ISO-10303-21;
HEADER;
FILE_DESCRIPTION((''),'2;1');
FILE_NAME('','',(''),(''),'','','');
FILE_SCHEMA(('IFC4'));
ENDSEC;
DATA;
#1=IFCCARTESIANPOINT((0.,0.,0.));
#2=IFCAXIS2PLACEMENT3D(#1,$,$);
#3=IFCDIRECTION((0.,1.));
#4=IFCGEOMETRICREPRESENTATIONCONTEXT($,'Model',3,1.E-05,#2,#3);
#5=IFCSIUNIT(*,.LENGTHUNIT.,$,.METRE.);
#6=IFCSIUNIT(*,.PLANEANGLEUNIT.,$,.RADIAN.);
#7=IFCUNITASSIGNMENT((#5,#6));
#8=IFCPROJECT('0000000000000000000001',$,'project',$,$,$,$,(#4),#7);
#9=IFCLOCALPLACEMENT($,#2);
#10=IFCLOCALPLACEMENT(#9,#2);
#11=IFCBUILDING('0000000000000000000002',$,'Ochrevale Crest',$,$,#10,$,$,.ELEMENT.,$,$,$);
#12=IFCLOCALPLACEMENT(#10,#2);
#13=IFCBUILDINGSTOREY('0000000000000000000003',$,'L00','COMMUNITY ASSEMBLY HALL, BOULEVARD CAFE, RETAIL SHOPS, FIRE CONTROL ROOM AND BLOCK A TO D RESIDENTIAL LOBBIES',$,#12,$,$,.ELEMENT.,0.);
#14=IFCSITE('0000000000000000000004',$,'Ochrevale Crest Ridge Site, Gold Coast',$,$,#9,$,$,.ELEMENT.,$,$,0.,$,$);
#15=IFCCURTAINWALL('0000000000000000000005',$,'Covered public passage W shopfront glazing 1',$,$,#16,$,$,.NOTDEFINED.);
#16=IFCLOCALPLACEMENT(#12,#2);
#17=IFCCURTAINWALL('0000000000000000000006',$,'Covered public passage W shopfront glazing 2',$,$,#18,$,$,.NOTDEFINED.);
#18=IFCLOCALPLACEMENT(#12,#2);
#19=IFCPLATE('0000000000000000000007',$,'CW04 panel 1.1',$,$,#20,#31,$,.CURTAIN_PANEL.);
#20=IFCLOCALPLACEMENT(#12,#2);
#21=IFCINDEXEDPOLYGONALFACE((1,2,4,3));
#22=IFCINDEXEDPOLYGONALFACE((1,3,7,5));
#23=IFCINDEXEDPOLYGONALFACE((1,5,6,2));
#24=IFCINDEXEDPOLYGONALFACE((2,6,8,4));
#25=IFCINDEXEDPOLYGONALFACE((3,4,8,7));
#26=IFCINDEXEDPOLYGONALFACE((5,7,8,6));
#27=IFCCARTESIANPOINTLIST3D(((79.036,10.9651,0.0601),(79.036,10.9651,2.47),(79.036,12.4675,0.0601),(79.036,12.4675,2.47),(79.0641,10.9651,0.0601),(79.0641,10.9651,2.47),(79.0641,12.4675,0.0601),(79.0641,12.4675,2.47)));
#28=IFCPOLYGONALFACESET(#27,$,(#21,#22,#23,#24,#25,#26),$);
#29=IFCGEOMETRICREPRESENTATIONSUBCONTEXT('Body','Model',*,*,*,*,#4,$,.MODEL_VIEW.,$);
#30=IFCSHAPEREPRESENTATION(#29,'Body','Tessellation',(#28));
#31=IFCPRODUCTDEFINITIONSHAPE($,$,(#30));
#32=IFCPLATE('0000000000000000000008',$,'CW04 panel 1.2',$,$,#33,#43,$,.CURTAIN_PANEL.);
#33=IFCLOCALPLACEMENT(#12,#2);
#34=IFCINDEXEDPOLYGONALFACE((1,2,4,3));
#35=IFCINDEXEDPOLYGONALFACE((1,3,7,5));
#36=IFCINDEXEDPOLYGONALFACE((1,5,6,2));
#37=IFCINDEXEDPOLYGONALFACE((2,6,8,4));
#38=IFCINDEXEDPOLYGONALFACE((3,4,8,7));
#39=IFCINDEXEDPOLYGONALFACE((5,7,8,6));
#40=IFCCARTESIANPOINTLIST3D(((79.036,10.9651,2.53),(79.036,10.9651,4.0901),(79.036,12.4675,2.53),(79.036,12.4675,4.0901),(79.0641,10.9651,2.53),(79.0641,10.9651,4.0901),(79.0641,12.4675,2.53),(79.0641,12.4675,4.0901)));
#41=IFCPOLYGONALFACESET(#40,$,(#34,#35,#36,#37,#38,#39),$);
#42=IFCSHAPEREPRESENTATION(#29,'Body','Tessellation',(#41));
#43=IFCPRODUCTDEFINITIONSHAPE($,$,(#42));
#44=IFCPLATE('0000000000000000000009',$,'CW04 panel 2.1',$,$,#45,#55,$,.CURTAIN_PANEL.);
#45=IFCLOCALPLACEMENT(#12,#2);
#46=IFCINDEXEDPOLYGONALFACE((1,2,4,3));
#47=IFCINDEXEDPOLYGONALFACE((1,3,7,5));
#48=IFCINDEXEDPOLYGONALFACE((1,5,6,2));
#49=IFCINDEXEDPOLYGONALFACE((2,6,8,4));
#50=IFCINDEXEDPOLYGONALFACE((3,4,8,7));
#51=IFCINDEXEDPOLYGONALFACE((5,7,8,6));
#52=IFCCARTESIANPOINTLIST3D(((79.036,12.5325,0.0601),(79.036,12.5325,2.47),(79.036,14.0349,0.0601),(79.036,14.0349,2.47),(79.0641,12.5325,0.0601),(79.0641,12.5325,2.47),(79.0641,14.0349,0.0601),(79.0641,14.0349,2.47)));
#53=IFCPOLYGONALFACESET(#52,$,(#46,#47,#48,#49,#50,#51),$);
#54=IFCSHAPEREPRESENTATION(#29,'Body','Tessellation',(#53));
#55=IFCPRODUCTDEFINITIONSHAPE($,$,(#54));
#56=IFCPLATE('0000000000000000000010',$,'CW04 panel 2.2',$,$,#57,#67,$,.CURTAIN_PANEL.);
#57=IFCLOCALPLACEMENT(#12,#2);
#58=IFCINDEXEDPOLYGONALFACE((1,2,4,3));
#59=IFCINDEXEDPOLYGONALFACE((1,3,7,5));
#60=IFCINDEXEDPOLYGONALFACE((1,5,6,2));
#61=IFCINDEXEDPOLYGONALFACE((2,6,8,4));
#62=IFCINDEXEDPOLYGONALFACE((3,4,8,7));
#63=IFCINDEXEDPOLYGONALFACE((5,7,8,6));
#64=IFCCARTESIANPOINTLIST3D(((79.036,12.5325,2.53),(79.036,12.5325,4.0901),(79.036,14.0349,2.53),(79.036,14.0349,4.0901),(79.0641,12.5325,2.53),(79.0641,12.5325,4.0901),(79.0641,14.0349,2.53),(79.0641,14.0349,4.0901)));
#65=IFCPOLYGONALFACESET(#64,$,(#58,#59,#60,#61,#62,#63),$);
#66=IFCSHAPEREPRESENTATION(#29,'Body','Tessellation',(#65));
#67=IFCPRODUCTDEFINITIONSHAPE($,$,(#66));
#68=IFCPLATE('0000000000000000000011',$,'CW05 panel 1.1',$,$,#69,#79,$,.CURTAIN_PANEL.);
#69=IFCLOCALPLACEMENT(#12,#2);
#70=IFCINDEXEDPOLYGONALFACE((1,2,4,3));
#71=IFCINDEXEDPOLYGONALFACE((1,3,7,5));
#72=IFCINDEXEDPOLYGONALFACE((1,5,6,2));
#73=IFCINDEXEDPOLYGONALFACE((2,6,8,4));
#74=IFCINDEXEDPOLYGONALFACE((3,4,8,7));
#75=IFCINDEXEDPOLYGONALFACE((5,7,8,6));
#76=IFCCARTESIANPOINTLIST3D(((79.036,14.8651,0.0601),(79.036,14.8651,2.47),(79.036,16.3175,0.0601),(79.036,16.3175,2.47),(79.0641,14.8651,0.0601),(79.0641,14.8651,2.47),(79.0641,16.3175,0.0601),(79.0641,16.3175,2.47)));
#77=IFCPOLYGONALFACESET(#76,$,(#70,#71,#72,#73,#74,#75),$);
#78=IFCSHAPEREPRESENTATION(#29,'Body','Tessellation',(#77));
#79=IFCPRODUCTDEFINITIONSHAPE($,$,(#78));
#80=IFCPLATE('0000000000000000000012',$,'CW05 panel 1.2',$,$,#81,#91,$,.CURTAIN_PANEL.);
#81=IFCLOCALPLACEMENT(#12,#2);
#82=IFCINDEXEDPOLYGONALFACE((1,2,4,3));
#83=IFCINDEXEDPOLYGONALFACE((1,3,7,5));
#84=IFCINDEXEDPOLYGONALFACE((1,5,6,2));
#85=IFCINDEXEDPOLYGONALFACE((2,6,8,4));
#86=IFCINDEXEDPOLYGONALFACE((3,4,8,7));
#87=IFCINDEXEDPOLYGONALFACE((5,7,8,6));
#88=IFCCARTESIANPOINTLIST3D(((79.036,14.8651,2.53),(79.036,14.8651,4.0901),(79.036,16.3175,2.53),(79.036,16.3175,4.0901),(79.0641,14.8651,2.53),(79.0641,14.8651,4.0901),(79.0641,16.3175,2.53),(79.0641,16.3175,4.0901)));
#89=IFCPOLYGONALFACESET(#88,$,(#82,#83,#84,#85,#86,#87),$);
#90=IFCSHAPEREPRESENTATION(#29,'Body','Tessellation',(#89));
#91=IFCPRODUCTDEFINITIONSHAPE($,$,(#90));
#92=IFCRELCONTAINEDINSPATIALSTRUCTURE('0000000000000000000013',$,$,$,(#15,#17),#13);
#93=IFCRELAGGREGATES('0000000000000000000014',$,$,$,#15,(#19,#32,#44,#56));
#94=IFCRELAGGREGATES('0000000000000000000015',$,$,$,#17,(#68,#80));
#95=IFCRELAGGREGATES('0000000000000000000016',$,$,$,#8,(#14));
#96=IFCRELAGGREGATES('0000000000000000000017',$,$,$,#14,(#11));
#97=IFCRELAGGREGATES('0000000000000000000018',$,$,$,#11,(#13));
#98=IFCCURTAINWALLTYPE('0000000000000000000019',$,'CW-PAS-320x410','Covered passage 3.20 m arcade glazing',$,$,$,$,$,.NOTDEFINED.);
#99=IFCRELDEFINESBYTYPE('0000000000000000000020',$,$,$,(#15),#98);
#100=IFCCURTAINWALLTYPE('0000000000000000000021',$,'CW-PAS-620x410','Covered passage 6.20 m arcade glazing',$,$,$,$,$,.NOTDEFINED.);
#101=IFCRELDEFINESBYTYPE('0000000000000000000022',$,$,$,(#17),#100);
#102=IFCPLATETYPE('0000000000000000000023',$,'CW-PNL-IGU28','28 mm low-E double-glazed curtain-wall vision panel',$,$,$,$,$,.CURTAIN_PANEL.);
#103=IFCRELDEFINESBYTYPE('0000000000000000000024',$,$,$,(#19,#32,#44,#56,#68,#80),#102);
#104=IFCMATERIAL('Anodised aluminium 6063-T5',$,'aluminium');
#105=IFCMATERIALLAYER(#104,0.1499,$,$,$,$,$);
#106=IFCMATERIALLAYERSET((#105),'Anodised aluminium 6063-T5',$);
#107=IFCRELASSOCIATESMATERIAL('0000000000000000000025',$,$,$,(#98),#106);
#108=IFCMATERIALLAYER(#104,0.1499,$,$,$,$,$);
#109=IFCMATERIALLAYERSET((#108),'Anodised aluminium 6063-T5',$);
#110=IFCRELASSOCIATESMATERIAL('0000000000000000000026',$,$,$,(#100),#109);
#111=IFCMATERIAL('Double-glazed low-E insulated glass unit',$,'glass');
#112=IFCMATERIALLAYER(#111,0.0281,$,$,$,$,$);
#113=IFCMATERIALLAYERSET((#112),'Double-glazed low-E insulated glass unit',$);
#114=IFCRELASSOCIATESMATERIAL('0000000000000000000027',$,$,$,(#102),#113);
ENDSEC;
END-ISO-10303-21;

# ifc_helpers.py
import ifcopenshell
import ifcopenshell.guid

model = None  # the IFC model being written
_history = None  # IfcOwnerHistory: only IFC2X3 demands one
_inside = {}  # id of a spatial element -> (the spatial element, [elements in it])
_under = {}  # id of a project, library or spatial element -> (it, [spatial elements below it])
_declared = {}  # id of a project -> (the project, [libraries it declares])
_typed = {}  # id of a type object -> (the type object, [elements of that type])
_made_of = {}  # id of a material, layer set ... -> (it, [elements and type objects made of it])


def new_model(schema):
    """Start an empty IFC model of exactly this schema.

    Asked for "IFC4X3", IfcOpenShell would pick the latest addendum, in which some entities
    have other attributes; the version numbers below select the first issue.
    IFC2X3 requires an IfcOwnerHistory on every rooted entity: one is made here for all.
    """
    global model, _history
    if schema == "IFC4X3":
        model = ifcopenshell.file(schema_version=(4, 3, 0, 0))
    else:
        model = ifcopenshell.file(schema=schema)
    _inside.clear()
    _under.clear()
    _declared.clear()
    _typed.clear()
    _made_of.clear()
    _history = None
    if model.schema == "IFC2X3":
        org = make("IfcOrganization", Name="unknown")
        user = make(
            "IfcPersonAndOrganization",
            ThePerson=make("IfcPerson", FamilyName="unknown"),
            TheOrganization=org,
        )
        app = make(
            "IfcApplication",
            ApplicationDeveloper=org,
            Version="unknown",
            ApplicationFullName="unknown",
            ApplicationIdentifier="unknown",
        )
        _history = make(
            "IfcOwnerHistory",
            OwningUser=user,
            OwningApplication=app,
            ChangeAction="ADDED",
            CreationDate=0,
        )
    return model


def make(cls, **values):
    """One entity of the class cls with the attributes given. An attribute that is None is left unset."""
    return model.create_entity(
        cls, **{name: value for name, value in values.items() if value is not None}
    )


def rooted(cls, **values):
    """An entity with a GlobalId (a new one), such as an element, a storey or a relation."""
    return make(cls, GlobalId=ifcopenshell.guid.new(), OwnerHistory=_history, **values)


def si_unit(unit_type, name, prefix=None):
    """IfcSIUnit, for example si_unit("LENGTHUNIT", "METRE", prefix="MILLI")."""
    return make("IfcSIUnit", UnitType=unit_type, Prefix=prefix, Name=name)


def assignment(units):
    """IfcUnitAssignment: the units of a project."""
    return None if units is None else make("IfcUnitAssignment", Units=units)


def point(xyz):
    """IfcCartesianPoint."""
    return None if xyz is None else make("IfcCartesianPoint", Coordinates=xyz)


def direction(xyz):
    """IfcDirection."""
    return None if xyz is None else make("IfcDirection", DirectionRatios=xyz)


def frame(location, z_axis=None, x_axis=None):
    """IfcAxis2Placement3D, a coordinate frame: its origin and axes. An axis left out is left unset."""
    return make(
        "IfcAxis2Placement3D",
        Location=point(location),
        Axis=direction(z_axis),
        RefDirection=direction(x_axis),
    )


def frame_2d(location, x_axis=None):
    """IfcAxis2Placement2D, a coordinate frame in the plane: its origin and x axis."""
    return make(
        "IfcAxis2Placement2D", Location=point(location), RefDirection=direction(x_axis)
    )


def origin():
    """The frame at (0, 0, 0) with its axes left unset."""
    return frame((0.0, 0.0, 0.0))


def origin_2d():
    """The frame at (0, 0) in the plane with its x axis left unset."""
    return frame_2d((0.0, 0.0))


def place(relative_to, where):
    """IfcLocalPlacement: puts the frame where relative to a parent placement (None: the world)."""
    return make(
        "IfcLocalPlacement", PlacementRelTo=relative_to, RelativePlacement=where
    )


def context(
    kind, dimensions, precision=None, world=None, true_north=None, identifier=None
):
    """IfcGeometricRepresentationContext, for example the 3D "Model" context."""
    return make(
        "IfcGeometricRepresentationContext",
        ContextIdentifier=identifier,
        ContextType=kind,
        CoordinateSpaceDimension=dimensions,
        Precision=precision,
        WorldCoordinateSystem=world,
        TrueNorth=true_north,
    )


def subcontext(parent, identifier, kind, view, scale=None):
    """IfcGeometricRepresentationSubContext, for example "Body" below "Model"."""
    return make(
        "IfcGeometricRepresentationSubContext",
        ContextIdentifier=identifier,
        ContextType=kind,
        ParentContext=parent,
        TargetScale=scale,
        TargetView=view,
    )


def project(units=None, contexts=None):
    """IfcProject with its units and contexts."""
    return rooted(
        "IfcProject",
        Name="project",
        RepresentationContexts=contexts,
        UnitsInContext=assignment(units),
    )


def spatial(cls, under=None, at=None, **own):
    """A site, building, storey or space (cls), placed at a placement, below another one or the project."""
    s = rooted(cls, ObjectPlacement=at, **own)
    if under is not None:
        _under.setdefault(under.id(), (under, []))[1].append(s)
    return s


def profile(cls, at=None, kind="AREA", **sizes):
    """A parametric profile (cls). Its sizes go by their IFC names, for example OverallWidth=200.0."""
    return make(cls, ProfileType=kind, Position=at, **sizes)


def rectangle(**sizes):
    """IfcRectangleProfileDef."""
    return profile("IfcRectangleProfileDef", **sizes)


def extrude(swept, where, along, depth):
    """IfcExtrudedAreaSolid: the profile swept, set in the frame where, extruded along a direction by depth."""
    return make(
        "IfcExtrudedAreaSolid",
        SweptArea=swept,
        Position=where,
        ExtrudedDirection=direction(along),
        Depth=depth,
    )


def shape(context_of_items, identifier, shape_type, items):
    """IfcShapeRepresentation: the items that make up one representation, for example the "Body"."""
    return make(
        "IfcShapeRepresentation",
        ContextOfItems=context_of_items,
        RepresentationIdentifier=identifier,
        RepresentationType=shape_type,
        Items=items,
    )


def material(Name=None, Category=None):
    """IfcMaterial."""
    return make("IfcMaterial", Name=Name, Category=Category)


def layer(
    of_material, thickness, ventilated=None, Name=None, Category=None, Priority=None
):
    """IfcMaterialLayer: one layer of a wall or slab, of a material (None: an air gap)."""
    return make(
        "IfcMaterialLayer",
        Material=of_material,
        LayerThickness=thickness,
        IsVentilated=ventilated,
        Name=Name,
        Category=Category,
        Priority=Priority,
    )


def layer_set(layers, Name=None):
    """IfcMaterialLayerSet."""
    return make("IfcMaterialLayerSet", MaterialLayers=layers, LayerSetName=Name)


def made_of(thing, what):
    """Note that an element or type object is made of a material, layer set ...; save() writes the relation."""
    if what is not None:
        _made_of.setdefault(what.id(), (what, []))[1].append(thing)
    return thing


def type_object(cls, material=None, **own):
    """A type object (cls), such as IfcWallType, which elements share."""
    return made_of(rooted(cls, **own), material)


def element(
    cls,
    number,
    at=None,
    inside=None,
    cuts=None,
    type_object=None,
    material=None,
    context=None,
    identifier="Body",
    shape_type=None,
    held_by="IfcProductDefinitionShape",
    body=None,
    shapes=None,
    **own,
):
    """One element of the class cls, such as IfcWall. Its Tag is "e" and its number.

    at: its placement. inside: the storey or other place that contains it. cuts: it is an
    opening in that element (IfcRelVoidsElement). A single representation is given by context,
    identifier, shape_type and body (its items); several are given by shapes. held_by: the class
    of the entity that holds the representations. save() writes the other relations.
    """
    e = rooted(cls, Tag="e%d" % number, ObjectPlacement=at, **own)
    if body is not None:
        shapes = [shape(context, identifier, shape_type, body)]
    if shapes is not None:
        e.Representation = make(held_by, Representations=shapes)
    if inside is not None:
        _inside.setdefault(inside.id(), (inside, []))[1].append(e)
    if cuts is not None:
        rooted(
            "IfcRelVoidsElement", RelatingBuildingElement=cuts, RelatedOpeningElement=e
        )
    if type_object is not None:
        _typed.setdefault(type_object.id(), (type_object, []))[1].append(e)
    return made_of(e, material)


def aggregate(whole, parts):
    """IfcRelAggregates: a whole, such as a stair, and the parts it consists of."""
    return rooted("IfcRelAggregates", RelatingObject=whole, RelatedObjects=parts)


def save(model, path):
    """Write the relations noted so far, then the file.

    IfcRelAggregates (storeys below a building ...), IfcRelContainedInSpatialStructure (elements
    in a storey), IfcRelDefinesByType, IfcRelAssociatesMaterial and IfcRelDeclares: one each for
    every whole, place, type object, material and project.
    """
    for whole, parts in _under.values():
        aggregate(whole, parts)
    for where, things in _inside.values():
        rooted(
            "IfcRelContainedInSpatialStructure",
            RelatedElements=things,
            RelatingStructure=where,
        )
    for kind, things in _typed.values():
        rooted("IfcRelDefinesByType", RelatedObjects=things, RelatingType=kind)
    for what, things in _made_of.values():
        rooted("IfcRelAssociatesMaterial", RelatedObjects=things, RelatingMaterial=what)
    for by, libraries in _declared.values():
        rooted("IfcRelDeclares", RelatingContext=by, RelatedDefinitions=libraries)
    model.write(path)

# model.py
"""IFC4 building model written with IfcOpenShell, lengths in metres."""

from ifc_helpers import new_model, si_unit, direction, frame, origin, origin_2d, place, context, subcontext, project, spatial, rectangle, extrude, material, layer, layer_set, type_object, element, aggregate, save


model = new_model("IFC4")

# Units and contexts
model_context = context("Model", 3, precision=1e-05, world=origin(), true_north=direction((0.0, 1.0)))
body_context = subcontext(model_context, "Body", "Model", "MODEL_VIEW")
ifc_project = project(units=[si_unit("LENGTHUNIT", "METRE"), si_unit("PLANEANGLEUNIT", "RADIAN")], contexts=[model_context])

# Site, building, storey
site_placement = place(None, origin())
site = spatial("IfcSite", under=ifc_project, at=site_placement, Name="Ochrevale Crest Ridge Site, Gold Coast", CompositionType="ELEMENT", RefElevation=0.0)
building_placement = place(site_placement, origin())
building = spatial("IfcBuilding", under=site, at=building_placement, Name="Ochrevale Crest", CompositionType="ELEMENT")
storey_placement = place(building_placement, origin())
storey = spatial("IfcBuildingStorey", under=building, at=storey_placement, Name="L00", Description="COMMUNITY ASSEMBLY HALL, BOULEVARD CAFE, RETAIL SHOPS, FIRE CONTROL ROOM AND BLOCK A TO D RESIDENTIAL LOBBIES", CompositionType="ELEMENT", Elevation=0.0)

# Curtain walls
ifc_material_1 = material(Name="Anodised aluminium 6063-T5", Category="aluminium")
ifc_layer_1 = layer(ifc_material_1, 0.1499)
ifc_layer_set_1 = layer_set([ifc_layer_1], Name="Anodised aluminium 6063-T5")
curtain_wall_type_1 = type_object("IfcCurtainWallType", Name="CW-PAS-320x410", Description="Covered passage 3.20 m arcade glazing", PredefinedType="NOTDEFINED", material=ifc_layer_set_1)
curtain_wall_1_placement = place(storey_placement, origin())
curtain_wall_1 = element("IfcCurtainWall", 1, at=curtain_wall_1_placement, inside=storey, type_object=curtain_wall_type_1, Name="Covered public passage W shopfront glazing 1", PredefinedType="NOTDEFINED")
ifc_layer_2 = layer(ifc_material_1, 0.1499)
ifc_layer_set_2 = layer_set([ifc_layer_2], Name="Anodised aluminium 6063-T5")
curtain_wall_type_2 = type_object("IfcCurtainWallType", Name="CW-PAS-620x410", Description="Covered passage 6.20 m arcade glazing", PredefinedType="NOTDEFINED", material=ifc_layer_set_2)
curtain_wall_2_placement = place(storey_placement, origin())
curtain_wall_2 = element("IfcCurtainWall", 2, at=curtain_wall_2_placement, inside=storey, type_object=curtain_wall_type_2, Name="Covered public passage W shopfront glazing 2", PredefinedType="NOTDEFINED")

# Plates
ifc_material_2 = material(Name="Double-glazed low-E insulated glass unit", Category="glass")
ifc_layer_3 = layer(ifc_material_2, 0.0281)
ifc_layer_set_3 = layer_set([ifc_layer_3], Name="Double-glazed low-E insulated glass unit")
plate_type = type_object("IfcPlateType", Name="CW-PNL-IGU28", Description="28 mm low-E double-glazed curtain-wall vision panel", PredefinedType="CURTAIN_PANEL", material=ifc_layer_set_3)
plate_1_placement = place(storey_placement, frame((79.05, 11.7163, 0.0601), z_axis=(0.0, 0.0, 1.0), x_axis=(0.0, 1.0, 0.0)))
plate_1 = element("IfcPlate", 3, at=plate_1_placement, type_object=plate_type, Name="CW04 panel 1.1", PredefinedType="CURTAIN_PANEL", context=body_context, shape_type="SweptSolid", body=[
    extrude(rectangle(XDim=1.5024, YDim=0.0281, at=origin_2d()), origin(), (0.0, 0.0, 1.0), 2.4099),
])
plate_2_placement = place(storey_placement, frame((79.05, 11.7163, 2.53), z_axis=(0.0, 0.0, 1.0), x_axis=(0.0, 1.0, 0.0)))
plate_2 = element("IfcPlate", 4, at=plate_2_placement, type_object=plate_type, Name="CW04 panel 1.2", PredefinedType="CURTAIN_PANEL", context=body_context, shape_type="SweptSolid", body=[
    extrude(rectangle(XDim=1.5024, YDim=0.0281, at=origin_2d()), origin(), (0.0, 0.0, 1.0), 1.5601),
])
plate_3_placement = place(storey_placement, frame((79.05, 13.2837, 0.0601), z_axis=(0.0, 0.0, 1.0), x_axis=(0.0, 1.0, 0.0)))
plate_3 = element("IfcPlate", 5, at=plate_3_placement, type_object=plate_type, Name="CW04 panel 2.1", PredefinedType="CURTAIN_PANEL", context=body_context, shape_type="SweptSolid", body=[
    extrude(rectangle(XDim=1.5024, YDim=0.0281, at=origin_2d()), origin(), (0.0, 0.0, 1.0), 2.4099),
])
plate_4_placement = place(storey_placement, frame((79.05, 13.2837, 2.53), z_axis=(0.0, 0.0, 1.0), x_axis=(0.0, 1.0, 0.0)))
plate_4 = element("IfcPlate", 6, at=plate_4_placement, type_object=plate_type, Name="CW04 panel 2.2", PredefinedType="CURTAIN_PANEL", context=body_context, shape_type="SweptSolid", body=[
    extrude(rectangle(XDim=1.5024, YDim=0.0281, at=origin_2d()), origin(), (0.0, 0.0, 1.0), 1.5601),
])
aggregate(curtain_wall_1, [plate_1, plate_2, plate_3, plate_4])
plate_5_placement = place(storey_placement, frame((79.05, 15.5913, 0.0601), z_axis=(0.0, 0.0, 1.0), x_axis=(0.0, 1.0, 0.0)))
plate_5 = element("IfcPlate", 7, at=plate_5_placement, type_object=plate_type, Name="CW05 panel 1.1", PredefinedType="CURTAIN_PANEL", context=body_context, shape_type="SweptSolid", body=[
    extrude(rectangle(XDim=1.4524, YDim=0.0281, at=origin_2d()), origin(), (0.0, 0.0, 1.0), 2.4099),
])
plate_6_placement = place(storey_placement, frame((79.05, 15.5913, 2.53), z_axis=(0.0, 0.0, 1.0), x_axis=(0.0, 1.0, 0.0)))
plate_6 = element("IfcPlate", 8, at=plate_6_placement, type_object=plate_type, Name="CW05 panel 1.2", PredefinedType="CURTAIN_PANEL", context=body_context, shape_type="SweptSolid", body=[
    extrude(rectangle(XDim=1.4524, YDim=0.0281, at=origin_2d()), origin(), (0.0, 0.0, 1.0), 1.5601),
])
aggregate(curtain_wall_2, [plate_5, plate_6])

save(model, "model.ifc")
